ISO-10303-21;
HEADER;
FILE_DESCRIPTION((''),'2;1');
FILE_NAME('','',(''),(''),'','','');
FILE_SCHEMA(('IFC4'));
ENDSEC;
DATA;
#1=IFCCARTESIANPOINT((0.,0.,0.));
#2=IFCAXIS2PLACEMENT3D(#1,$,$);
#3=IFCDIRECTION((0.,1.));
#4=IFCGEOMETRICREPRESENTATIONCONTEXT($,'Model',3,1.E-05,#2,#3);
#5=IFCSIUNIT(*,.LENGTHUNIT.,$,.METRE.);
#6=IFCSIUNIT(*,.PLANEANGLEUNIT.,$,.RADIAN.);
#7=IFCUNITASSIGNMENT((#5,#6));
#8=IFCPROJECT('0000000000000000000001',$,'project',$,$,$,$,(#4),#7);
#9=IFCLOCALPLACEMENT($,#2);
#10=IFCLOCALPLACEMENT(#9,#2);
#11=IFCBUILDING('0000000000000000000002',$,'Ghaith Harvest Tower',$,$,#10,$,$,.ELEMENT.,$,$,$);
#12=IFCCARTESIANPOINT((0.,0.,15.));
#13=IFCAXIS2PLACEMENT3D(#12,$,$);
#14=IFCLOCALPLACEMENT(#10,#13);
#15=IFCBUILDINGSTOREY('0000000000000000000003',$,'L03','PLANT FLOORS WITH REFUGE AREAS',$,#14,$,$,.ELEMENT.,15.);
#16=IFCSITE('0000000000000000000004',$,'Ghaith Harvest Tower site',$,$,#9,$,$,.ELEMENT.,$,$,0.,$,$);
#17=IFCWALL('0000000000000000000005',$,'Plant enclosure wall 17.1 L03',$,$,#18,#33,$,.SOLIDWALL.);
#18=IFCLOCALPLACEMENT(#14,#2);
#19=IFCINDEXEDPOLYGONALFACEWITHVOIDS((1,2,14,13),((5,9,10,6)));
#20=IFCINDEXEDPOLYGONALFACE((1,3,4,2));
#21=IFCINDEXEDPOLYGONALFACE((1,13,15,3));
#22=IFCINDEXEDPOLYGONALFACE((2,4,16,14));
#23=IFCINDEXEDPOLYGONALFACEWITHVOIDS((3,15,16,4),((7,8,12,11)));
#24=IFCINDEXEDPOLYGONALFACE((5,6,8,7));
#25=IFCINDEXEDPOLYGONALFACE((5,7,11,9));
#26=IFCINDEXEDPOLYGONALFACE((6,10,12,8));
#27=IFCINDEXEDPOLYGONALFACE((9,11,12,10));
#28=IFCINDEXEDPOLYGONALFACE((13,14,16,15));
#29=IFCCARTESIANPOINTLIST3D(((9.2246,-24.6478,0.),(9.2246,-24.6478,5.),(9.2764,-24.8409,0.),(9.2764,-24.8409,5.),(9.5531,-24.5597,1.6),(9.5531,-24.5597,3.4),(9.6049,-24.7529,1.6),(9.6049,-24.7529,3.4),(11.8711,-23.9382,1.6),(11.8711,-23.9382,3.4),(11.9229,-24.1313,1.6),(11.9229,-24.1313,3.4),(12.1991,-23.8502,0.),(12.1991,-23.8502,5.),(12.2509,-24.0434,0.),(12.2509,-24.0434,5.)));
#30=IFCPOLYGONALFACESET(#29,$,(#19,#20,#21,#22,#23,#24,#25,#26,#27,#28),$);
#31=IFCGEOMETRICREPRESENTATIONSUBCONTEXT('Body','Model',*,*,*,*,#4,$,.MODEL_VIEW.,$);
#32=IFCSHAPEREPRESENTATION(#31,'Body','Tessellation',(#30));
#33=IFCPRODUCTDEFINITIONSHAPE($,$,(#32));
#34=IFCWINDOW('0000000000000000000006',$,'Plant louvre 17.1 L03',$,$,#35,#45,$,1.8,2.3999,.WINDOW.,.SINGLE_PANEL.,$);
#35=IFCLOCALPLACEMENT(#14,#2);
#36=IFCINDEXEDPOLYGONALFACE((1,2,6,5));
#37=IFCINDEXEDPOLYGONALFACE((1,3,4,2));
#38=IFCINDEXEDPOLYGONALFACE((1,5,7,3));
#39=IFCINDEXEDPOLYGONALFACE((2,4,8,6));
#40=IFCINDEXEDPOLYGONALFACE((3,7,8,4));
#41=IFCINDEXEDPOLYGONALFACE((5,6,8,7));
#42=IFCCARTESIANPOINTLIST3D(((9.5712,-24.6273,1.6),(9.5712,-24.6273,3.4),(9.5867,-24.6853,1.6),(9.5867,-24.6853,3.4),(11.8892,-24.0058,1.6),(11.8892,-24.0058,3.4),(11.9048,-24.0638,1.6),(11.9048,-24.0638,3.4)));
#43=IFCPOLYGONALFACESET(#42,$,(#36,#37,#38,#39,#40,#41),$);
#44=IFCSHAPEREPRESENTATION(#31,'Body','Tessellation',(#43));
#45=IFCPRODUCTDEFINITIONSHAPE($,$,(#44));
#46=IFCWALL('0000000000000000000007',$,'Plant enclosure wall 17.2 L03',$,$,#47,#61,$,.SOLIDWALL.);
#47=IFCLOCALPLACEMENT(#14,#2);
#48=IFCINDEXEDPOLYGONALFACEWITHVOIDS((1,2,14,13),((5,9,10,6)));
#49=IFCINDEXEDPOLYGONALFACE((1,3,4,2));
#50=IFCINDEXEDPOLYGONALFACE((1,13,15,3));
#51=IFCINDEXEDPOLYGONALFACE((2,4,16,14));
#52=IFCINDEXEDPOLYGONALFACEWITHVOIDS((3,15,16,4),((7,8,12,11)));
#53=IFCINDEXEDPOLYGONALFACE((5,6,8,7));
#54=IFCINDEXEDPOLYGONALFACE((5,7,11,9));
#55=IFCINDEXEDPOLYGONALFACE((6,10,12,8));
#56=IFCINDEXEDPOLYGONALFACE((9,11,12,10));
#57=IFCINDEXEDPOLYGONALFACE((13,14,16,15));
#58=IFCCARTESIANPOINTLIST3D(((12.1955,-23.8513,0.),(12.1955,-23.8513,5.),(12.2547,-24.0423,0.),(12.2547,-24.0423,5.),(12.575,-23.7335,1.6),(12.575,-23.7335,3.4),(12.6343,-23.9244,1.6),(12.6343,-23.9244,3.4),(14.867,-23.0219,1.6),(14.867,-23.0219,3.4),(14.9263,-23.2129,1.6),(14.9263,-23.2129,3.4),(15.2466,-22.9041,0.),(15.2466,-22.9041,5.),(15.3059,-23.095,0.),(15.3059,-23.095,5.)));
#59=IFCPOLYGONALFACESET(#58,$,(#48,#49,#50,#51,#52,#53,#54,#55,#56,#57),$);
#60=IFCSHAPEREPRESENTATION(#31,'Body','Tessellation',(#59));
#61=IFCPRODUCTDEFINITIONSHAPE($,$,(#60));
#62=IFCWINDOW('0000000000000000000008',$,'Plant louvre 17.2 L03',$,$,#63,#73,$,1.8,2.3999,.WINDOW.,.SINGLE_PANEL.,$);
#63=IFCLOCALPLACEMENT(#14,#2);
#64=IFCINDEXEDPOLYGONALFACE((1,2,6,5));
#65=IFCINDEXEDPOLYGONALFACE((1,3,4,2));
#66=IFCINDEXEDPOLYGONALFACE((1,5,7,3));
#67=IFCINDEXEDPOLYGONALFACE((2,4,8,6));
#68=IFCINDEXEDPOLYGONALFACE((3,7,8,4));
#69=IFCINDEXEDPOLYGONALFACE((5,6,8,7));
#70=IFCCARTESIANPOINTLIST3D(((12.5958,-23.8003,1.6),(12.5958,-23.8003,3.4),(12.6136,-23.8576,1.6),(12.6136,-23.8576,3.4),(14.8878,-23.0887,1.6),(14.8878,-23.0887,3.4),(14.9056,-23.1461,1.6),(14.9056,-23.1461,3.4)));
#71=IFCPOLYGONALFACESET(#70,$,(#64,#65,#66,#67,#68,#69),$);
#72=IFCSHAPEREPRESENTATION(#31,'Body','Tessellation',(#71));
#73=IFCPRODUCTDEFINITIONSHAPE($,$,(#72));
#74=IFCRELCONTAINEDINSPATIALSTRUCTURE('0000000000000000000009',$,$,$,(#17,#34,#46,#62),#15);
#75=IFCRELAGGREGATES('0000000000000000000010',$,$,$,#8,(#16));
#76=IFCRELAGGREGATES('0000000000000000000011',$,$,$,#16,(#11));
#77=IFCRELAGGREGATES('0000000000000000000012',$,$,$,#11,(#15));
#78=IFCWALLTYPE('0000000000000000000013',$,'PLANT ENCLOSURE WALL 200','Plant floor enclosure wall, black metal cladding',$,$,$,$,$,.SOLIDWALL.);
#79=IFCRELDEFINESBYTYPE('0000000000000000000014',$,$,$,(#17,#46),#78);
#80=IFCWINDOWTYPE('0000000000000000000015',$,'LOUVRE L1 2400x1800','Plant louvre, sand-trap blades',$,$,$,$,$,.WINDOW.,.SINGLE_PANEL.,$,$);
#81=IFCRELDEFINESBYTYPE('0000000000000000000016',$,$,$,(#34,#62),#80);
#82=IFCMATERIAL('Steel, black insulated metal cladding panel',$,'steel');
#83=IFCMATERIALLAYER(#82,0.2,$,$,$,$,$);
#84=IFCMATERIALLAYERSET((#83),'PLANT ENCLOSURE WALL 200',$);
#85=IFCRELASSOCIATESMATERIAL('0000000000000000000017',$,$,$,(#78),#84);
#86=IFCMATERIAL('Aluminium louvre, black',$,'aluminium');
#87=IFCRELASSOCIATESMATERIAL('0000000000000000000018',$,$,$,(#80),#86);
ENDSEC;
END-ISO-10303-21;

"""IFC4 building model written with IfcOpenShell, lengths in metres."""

from ifc_helpers import new_model, si_unit, direction, frame, frame_2d, origin, place, context, subcontext, project, spatial, rectangle, extrude, material, layer, layer_set, type_object, element, fill, save


model = new_model("IFC4")

# Units and contexts
model_context = context("Model", 3, precision=1e-05, world=origin(), true_north=direction((0.0, 1.0)))
body_context = subcontext(model_context, "Body", "Model", "MODEL_VIEW")
ifc_project = project(units=[si_unit("LENGTHUNIT", "METRE"), si_unit("PLANEANGLEUNIT", "RADIAN")], contexts=[model_context])

# Site, building, storey
site_placement = place(None, origin())
site = spatial("IfcSite", under=ifc_project, at=site_placement, Name="Ghaith Harvest Tower site", CompositionType="ELEMENT", RefElevation=0.0)
building_placement = place(site_placement, origin())
building = spatial("IfcBuilding", under=site, at=building_placement, Name="Ghaith Harvest Tower", CompositionType="ELEMENT")
storey_placement = place(building_placement, frame((0.0, 0.0, 15.0)))
storey = spatial("IfcBuildingStorey", under=building, at=storey_placement, Name="L03", Description="PLANT FLOORS WITH REFUGE AREAS", CompositionType="ELEMENT", Elevation=15.0)

# Walls, openings, windows
ifc_material_1 = material(Name="Steel, black insulated metal cladding panel", Category="steel")
ifc_layer_1 = layer(ifc_material_1, 0.2)
ifc_layer_set_1 = layer_set([ifc_layer_1], Name="PLANT ENCLOSURE WALL 200")
wall_type_1 = type_object("IfcWallType", Name="PLANT ENCLOSURE WALL 200", Description="Plant floor enclosure wall, black metal cladding", PredefinedType="SOLIDWALL", material=ifc_layer_set_1)
ifc_material_2 = material(Name="Aluminium louvre, black", Category="aluminium")
window_type = type_object("IfcWindowType", Name="LOUVRE L1 2400x1800", Description="Plant louvre, sand-trap blades", PartitioningType="SINGLE_PANEL", PredefinedType="WINDOW", material=ifc_material_2)
wall_1_placement = place(storey_placement, frame((9.2505, -24.7444, 0.0), z_axis=(0.0, 0.0, 1.0), x_axis=(0.96588, 0.25899, 0.0)))
wall_1 = element("IfcWall", 1, at=wall_1_placement, inside=storey, type_object=wall_type_1, Name="Plant enclosure wall 17.1 L03", PredefinedType="SOLIDWALL", context=body_context, shape_type="SweptSolid", body=[
    extrude(rectangle(XDim=3.0796, YDim=0.2, at=frame_2d((1.5398, 0.0))), origin(), (0.0, 0.0, 1.0), 5.0),
])
opening_1_placement = place(wall_1_placement, frame((0.3401, 0.0, 1.6001)))
opening_1 = element("IfcOpeningElement", 2, at=opening_1_placement, cuts=wall_1, PredefinedType="OPENING", context=body_context, shape_type="SweptSolid", body=[
    extrude(rectangle(XDim=2.3999, YDim=1.8, at=frame_2d((1.2, 0.8999))), frame((0.0, 0.1099, 0.0), z_axis=(0.0, -1.0, 0.0), x_axis=(1.0, 0.0, 0.0)), (0.0, 0.0, 1.0), 0.22),
])
window_1_placement = place(opening_1_placement, origin())
window_1 = element("IfcWindow", 3, at=window_1_placement, inside=storey, type_object=window_type, Name="Plant louvre 17.1 L03", OverallHeight=1.8, OverallWidth=2.3999, PartitioningType="SINGLE_PANEL", PredefinedType="WINDOW", context=body_context, shape_type="SweptSolid", body=[
    extrude(rectangle(XDim=2.3999, YDim=1.8, at=frame_2d((1.2, 0.8999))), frame((0.0, 0.03, 0.0), z_axis=(0.0, -1.0, 0.0), x_axis=(1.0, 0.0, 0.0)), (0.0, 0.0, 1.0), 0.0601),
])
fill(opening_1, window_1)
wall_2_placement = place(storey_placement, frame((12.2251, -23.9468, 0.0), z_axis=(0.0, 0.0, 1.0), x_axis=(0.955036, 0.296491, 0.0)))
wall_2 = element("IfcWall", 4, at=wall_2_placement, inside=storey, type_object=wall_type_1, Name="Plant enclosure wall 17.2 L03", PredefinedType="SOLIDWALL", context=body_context, shape_type="SweptSolid", body=[
    extrude(rectangle(XDim=3.1948, YDim=0.2, at=frame_2d((1.5974, 0.0))), origin(), (0.0, 0.0, 1.0), 5.0),
])
opening_2_placement = place(wall_2_placement, frame((0.3975, 0.0, 1.6001)))
opening_2 = element("IfcOpeningElement", 5, at=opening_2_placement, cuts=wall_2, PredefinedType="OPENING", context=body_context, shape_type="SweptSolid", body=[
    extrude(rectangle(XDim=2.3999, YDim=1.8, at=frame_2d((1.2, 0.8999))), frame((0.0, 0.1099, 0.0), z_axis=(0.0, -1.0, 0.0), x_axis=(1.0, 0.0, 0.0)), (0.0, 0.0, 1.0), 0.22),
])
window_2_placement = place(opening_2_placement, origin())
window_2 = element("IfcWindow", 6, at=window_2_placement, inside=storey, type_object=window_type, Name="Plant louvre 17.2 L03", OverallHeight=1.8, OverallWidth=2.3999, PartitioningType="SINGLE_PANEL", PredefinedType="WINDOW", context=body_context, shape_type="SweptSolid", body=[
    extrude(rectangle(XDim=2.3999, YDim=1.8, at=frame_2d((1.2, 0.8999))), frame((0.0, 0.03, 0.0), z_axis=(0.0, -1.0, 0.0), x_axis=(1.0, 0.0, 0.0)), (0.0, 0.0, 1.0), 0.0601),
])
fill(opening_2, window_2)

save(model, "model.ifc")
